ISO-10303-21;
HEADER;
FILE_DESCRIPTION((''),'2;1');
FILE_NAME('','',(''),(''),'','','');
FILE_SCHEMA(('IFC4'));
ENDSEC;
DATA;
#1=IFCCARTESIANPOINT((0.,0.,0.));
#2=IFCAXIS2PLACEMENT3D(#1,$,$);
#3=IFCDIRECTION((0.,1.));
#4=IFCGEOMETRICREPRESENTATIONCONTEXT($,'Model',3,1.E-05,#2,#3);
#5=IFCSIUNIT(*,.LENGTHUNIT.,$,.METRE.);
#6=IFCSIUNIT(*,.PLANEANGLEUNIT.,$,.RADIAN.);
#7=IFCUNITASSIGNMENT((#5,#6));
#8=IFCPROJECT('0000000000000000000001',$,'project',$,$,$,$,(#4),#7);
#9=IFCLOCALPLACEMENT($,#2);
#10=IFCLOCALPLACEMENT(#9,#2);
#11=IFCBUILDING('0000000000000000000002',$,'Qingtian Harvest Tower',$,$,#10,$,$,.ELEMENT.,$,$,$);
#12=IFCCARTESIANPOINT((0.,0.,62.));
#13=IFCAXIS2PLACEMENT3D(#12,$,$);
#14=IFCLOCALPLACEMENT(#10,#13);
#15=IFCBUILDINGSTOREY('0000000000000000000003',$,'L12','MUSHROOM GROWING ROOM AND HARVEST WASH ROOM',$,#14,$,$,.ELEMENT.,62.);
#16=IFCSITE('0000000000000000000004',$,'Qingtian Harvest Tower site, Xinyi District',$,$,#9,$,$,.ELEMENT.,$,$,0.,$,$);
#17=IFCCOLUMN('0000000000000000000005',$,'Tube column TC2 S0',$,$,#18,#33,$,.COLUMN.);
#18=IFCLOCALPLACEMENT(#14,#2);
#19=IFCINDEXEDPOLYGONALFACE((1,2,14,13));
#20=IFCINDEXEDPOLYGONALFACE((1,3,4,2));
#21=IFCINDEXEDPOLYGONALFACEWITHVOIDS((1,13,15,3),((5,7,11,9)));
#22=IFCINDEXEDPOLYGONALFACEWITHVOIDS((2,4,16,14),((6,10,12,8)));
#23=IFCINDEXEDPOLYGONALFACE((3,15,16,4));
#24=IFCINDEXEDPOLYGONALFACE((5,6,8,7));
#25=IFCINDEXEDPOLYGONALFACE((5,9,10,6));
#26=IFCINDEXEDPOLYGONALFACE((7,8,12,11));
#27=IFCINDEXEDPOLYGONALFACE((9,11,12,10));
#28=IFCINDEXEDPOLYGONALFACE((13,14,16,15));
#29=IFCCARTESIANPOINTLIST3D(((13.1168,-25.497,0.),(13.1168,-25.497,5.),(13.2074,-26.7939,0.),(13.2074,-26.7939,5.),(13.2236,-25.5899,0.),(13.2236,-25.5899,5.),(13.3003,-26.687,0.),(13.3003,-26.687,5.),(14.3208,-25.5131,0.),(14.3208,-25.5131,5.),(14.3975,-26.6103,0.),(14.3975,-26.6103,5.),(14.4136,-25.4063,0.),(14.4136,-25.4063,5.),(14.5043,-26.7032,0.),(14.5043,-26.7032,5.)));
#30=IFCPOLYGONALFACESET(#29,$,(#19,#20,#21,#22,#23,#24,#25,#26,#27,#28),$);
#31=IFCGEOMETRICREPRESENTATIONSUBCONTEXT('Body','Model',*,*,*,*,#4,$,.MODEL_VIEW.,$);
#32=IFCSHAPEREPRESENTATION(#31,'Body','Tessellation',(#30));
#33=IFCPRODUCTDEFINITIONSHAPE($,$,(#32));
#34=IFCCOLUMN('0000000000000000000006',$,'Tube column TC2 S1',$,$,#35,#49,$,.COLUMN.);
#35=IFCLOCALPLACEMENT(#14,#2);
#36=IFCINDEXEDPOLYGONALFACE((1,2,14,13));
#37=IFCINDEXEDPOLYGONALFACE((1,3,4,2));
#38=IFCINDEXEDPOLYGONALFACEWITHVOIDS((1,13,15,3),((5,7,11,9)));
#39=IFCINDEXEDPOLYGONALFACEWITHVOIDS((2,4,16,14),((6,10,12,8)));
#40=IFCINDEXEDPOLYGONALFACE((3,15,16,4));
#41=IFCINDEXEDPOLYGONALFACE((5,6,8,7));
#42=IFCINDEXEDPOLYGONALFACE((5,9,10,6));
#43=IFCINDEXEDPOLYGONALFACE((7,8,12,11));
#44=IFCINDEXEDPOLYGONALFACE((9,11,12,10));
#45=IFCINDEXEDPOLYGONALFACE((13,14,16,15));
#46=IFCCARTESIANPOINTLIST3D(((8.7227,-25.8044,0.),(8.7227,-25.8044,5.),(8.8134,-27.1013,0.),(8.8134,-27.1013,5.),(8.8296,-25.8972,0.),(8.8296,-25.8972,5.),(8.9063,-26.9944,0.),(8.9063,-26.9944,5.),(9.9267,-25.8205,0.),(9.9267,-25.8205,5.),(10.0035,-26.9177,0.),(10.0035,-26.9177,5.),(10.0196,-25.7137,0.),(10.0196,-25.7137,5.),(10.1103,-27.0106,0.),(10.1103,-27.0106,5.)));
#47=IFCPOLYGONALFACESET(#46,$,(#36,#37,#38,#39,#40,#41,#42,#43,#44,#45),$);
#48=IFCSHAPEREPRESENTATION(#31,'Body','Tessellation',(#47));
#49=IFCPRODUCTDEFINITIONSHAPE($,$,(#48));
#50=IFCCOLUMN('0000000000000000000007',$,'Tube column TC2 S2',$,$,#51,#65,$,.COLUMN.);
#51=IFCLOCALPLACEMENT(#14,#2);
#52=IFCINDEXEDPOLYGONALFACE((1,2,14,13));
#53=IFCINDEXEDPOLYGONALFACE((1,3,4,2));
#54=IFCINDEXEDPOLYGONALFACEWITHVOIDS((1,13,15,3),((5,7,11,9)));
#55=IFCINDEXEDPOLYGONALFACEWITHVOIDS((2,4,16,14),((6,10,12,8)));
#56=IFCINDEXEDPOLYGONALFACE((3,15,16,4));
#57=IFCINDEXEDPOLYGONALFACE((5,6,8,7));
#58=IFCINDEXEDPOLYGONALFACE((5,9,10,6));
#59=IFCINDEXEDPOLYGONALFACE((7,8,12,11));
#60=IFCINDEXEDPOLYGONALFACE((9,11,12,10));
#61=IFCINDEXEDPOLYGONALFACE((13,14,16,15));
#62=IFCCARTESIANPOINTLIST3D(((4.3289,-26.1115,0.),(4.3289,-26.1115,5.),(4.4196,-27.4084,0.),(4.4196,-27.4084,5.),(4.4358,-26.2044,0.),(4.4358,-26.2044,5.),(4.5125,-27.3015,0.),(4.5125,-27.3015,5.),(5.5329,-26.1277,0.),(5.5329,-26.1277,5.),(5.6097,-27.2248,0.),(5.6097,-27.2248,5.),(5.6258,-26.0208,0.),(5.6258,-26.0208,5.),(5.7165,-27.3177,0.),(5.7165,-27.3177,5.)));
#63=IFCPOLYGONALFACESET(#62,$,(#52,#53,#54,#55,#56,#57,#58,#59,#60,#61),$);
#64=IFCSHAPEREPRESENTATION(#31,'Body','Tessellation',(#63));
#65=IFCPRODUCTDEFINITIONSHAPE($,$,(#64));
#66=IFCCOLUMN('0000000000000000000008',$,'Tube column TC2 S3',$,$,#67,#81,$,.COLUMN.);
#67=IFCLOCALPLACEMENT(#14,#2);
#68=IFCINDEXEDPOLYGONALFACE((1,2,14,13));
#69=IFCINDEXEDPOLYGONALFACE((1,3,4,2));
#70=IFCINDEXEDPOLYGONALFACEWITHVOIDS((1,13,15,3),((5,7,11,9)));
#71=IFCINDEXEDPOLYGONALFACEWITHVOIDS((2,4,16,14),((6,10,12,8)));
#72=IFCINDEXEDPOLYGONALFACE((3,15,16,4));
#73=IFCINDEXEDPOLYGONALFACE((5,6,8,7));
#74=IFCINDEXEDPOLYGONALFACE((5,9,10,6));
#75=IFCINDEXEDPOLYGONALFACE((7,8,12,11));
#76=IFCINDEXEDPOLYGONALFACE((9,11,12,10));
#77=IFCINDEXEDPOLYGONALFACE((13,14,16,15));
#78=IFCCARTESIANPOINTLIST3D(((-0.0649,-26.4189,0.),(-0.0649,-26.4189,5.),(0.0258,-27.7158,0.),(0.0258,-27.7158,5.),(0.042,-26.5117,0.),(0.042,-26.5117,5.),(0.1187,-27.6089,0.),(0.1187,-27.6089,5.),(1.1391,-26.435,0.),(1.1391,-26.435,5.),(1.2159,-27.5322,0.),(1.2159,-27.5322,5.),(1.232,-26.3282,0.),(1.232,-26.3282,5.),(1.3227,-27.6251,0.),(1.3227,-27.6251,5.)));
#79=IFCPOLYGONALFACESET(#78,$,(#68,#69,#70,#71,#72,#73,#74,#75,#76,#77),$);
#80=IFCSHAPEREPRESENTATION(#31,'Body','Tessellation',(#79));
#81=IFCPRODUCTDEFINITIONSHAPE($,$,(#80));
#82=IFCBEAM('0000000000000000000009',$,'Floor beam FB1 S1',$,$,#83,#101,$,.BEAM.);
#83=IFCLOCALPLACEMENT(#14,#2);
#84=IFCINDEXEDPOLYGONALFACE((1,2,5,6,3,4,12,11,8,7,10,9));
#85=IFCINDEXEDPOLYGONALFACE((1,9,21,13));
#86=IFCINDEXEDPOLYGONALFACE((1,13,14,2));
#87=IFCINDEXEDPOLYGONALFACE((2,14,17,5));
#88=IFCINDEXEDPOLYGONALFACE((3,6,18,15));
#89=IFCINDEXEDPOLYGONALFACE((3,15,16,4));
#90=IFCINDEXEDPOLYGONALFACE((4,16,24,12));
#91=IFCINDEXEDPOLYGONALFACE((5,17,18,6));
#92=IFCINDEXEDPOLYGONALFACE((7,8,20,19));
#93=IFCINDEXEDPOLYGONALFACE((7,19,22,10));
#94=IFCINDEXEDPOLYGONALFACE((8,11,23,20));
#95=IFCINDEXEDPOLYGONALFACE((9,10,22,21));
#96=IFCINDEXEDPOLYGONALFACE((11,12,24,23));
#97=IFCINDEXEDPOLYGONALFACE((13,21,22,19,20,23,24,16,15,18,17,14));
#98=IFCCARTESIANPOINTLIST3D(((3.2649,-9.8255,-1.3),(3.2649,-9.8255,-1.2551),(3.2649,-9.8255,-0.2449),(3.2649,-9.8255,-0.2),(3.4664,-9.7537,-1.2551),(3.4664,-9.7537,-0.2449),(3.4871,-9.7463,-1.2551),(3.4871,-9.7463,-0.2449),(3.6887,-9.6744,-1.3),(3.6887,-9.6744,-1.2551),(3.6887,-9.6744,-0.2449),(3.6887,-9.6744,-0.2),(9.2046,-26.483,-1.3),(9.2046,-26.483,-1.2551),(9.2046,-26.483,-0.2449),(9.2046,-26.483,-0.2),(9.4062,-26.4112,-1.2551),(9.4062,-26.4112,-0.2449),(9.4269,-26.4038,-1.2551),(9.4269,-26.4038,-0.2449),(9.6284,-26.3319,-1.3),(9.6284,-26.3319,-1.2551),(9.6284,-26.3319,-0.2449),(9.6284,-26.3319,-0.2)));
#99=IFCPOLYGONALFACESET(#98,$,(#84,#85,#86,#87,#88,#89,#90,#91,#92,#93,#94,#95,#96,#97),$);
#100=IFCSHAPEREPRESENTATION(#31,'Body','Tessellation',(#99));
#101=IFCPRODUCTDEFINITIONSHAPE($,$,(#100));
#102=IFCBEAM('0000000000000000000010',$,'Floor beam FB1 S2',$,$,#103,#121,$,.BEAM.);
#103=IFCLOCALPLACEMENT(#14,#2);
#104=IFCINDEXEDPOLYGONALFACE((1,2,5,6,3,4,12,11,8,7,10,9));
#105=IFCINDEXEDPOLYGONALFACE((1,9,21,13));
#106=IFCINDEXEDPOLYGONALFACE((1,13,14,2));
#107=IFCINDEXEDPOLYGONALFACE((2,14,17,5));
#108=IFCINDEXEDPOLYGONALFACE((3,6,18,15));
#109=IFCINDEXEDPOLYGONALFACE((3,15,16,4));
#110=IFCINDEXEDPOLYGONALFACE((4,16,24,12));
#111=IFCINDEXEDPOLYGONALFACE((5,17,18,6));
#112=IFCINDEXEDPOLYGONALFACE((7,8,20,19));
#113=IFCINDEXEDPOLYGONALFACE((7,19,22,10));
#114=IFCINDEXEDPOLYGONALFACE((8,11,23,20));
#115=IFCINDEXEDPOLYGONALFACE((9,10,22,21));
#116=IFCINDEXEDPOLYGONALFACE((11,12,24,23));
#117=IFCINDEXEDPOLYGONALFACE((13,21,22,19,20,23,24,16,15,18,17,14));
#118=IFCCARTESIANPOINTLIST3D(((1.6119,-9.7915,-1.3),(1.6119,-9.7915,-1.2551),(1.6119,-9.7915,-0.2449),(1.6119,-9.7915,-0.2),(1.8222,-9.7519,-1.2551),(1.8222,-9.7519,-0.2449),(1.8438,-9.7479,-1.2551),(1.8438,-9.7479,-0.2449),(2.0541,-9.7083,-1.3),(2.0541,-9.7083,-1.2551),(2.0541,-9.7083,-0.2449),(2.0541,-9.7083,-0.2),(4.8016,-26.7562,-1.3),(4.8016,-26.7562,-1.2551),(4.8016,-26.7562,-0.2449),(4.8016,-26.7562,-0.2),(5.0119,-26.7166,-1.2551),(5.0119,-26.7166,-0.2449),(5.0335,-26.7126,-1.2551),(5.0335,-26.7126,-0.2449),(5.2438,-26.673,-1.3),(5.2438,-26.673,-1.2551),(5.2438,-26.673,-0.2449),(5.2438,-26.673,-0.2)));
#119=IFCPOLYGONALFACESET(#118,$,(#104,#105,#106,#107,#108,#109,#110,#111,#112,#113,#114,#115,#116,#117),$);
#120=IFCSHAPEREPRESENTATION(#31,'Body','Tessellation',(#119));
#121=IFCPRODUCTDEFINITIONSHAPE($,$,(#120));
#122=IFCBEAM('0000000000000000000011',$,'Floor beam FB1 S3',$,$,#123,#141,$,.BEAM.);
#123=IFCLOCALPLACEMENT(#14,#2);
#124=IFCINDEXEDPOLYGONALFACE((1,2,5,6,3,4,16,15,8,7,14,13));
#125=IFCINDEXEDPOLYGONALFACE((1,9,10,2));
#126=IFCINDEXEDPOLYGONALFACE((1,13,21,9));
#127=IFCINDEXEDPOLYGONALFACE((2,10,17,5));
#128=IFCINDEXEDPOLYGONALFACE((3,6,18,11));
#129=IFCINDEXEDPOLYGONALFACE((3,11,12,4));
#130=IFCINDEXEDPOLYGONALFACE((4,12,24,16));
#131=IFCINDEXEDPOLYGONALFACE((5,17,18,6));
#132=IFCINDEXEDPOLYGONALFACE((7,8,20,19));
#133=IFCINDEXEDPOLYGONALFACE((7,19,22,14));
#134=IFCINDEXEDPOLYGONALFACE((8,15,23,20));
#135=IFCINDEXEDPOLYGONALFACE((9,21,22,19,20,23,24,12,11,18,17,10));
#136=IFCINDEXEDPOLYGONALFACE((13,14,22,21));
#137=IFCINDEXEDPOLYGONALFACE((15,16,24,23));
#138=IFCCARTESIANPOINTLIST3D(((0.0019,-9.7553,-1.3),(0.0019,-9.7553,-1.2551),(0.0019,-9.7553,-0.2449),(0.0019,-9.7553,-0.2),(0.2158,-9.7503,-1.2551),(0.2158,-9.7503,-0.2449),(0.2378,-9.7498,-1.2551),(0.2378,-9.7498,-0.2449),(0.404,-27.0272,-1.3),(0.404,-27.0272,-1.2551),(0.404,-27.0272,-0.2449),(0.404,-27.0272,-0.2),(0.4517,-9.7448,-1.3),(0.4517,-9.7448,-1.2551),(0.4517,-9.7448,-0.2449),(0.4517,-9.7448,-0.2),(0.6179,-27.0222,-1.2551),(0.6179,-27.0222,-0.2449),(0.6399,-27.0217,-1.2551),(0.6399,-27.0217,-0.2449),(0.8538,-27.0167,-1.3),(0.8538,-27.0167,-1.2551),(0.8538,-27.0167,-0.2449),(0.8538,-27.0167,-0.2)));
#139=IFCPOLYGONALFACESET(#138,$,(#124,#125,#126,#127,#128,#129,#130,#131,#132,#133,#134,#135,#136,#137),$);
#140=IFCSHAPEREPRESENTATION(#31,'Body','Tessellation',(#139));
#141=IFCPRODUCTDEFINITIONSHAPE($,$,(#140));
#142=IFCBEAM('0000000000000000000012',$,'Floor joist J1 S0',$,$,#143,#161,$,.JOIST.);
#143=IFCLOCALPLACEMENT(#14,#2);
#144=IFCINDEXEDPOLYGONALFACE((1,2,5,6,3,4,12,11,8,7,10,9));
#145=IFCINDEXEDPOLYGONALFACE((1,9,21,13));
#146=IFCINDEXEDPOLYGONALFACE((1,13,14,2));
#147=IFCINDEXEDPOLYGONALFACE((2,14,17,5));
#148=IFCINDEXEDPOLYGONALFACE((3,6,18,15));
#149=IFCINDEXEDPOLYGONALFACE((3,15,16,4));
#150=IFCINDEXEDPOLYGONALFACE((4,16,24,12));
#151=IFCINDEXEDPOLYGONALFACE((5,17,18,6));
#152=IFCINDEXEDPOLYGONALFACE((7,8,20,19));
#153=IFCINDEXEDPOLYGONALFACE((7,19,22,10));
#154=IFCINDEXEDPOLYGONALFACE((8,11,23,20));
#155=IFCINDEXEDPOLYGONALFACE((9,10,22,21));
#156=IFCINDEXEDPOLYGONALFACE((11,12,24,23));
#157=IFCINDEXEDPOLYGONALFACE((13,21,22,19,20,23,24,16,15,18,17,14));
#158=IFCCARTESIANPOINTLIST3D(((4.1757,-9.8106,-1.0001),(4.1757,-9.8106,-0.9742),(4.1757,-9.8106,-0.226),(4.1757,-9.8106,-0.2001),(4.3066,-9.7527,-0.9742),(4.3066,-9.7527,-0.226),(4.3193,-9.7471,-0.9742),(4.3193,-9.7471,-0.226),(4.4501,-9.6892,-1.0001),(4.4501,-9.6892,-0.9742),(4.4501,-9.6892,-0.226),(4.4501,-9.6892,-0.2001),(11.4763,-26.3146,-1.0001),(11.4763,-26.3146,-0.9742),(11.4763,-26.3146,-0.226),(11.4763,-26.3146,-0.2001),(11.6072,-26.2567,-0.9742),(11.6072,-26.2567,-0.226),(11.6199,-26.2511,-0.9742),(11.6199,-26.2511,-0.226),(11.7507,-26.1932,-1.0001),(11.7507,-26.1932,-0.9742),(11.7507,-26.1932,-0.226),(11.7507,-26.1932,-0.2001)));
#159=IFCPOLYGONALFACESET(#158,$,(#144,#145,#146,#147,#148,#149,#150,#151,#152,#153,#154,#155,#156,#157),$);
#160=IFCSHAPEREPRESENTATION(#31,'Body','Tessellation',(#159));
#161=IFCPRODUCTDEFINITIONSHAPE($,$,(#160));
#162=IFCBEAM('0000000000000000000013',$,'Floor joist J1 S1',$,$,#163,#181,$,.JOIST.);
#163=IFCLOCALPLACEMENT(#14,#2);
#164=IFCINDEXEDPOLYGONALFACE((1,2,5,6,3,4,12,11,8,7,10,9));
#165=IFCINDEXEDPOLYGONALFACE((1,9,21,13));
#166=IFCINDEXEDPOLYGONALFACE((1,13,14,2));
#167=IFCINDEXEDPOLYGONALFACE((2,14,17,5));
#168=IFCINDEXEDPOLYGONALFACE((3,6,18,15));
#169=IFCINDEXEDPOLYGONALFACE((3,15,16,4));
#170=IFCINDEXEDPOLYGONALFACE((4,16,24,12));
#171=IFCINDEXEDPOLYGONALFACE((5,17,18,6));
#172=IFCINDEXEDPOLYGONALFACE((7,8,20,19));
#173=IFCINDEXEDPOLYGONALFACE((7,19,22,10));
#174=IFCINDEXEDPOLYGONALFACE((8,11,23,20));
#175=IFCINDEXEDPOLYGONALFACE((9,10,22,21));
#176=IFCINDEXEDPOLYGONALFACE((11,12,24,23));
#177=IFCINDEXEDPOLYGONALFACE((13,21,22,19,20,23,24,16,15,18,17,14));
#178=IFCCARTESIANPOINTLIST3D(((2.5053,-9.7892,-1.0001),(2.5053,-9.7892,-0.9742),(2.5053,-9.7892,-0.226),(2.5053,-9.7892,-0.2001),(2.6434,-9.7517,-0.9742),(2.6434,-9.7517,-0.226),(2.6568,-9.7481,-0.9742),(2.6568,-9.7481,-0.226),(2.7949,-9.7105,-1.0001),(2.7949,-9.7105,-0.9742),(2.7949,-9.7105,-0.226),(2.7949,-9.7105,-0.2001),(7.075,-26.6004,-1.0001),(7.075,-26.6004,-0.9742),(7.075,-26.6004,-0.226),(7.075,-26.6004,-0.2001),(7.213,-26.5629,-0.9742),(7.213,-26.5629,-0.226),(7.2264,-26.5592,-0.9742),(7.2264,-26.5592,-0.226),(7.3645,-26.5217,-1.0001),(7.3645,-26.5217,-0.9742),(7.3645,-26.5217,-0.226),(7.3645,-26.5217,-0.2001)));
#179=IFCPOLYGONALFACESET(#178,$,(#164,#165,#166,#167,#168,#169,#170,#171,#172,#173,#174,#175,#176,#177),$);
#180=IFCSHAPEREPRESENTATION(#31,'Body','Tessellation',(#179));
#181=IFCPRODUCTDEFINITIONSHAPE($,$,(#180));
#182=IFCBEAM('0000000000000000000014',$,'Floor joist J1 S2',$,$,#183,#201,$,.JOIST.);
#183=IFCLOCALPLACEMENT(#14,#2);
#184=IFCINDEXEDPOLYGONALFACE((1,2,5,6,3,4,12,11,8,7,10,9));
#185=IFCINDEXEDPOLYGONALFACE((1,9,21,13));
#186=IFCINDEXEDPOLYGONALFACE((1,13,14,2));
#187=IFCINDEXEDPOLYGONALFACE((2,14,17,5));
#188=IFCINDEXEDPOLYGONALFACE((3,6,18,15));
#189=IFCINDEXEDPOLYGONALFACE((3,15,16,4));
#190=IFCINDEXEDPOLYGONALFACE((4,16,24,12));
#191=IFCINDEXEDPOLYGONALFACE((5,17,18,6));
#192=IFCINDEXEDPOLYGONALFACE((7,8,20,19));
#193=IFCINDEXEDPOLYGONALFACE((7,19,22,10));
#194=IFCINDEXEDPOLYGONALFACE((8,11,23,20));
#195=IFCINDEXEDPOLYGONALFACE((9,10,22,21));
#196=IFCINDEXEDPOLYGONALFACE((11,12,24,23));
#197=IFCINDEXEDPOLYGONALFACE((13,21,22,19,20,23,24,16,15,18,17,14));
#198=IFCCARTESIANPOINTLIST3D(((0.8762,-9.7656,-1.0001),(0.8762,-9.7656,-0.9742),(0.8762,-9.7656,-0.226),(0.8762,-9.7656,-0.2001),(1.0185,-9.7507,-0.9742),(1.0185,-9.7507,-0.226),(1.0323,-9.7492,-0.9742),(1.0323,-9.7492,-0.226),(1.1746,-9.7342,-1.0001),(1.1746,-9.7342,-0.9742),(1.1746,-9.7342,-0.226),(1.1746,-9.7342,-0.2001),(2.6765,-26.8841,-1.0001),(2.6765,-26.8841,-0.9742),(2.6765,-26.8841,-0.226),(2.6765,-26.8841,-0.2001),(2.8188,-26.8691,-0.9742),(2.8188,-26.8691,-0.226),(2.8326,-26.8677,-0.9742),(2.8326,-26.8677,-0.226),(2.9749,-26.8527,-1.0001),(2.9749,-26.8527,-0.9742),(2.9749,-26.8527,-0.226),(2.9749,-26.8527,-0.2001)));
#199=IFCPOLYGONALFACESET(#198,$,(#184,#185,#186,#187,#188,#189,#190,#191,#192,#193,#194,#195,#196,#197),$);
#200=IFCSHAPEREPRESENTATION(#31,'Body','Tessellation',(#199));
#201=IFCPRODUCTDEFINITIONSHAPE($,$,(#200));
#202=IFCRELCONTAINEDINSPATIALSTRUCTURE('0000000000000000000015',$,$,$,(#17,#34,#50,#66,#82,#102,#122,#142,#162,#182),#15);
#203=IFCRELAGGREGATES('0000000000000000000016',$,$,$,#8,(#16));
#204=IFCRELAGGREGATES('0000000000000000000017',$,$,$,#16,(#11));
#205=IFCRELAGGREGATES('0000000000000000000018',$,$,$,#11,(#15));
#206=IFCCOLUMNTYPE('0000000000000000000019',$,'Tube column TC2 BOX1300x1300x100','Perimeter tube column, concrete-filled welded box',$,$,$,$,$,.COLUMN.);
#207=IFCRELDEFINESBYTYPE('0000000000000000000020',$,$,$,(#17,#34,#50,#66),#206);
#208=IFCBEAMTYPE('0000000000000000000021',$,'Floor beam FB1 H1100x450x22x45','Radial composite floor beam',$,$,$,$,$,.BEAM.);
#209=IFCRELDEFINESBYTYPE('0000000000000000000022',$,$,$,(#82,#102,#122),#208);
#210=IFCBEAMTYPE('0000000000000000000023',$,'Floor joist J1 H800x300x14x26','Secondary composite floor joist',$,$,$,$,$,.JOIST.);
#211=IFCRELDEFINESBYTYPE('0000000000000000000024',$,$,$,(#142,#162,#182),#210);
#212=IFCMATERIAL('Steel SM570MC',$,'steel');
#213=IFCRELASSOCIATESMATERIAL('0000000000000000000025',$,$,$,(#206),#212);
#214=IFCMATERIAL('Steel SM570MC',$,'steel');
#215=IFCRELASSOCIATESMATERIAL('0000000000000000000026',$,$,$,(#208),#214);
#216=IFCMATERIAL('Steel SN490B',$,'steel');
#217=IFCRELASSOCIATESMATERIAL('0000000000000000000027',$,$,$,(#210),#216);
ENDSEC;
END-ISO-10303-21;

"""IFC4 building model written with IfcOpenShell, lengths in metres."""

from ifc_helpers import new_model, si_unit, direction, frame, origin, origin_2d, place, context, subcontext, project, spatial, hollow_rectangle, i_section, extrude, material, material_profile, profile_set, type_object, element, save


model = new_model("IFC4")

# Units and contexts
model_context = context("Model", 3, precision=1e-05, world=origin(), true_north=direction((0.0, 1.0)))
body_context = subcontext(model_context, "Body", "Model", "MODEL_VIEW")
ifc_project = project(units=[si_unit("LENGTHUNIT", "METRE"), si_unit("PLANEANGLEUNIT", "RADIAN")], contexts=[model_context])

# Site, building, storey
site_placement = place(None, origin())
site = spatial("IfcSite", under=ifc_project, at=site_placement, Name="Qingtian Harvest Tower site, Xinyi District", CompositionType="ELEMENT", RefElevation=0.0)
building_placement = place(site_placement, origin())
building = spatial("IfcBuilding", under=site, at=building_placement, Name="Qingtian Harvest Tower", CompositionType="ELEMENT")
storey_placement = place(building_placement, frame((0.0, 0.0, 62.0)))
storey = spatial("IfcBuildingStorey", under=building, at=storey_placement, Name="L12", Description="MUSHROOM GROWING ROOM AND HARVEST WASH ROOM", CompositionType="ELEMENT", Elevation=62.0)

# Columns
ifc_material_1 = material(Name="Steel SM570MC", Category="steel")
ifc_material_profile_1 = material_profile(ifc_material_1, hollow_rectangle(XDim=1.3, YDim=1.3, WallThickness=0.1001, at=origin_2d()), Name="BOX1300x1300x100")
ifc_profile_set_1 = profile_set([ifc_material_profile_1], Name="Steel SM570MC")
column_type = type_object("IfcColumnType", Name="Tube column TC2 BOX1300x1300x100", Description="Perimeter tube column, concrete-filled welded box", PredefinedType="COLUMN", material=ifc_profile_set_1)
for number, where, z_axis, x_axis, name in (
    (1, (13.8105, -26.1001, 0.0), (0.0, 0.0, 1.0), (0.997564, 0.069756, 0.0), "Tube column TC2 S0"),
    (2, (9.4165, -26.4075, 0.0), (0.0, 0.0, 1.0), (0.997564, 0.069756, 0.0), "Tube column TC2 S1"),
    (3, (5.0227, -26.7146, 0.0), (0.0, 0.0, 1.0), (0.997564, 0.069756, 0.0), "Tube column TC2 S2"),
    (4, (0.6289, -27.022, 0.0), (0.0, 0.0, 1.0), (0.997564, 0.069756, 0.0), "Tube column TC2 S3"),
):
    element("IfcColumn", number, at=place(storey_placement, frame(where, z_axis=z_axis, x_axis=x_axis)), inside=storey, type_object=column_type, Name=name, PredefinedType="COLUMN", context=body_context, shape_type="SweptSolid", body=[
        extrude(hollow_rectangle(XDim=1.3, YDim=1.3, WallThickness=0.1001, at=origin_2d()), origin(), (0.0, 0.0, 1.0), 5.0),
    ])

# Beams
ifc_material_2 = material(Name="Steel SM570MC", Category="steel")
ifc_material_profile_2 = material_profile(ifc_material_2, i_section(OverallWidth=0.45, OverallDepth=1.1001, WebThickness=0.022, FlangeThickness=0.0449, at=origin_2d()), Name="H1100x450x22x45")
ifc_profile_set_2 = profile_set([ifc_material_profile_2], Name="Steel SM570MC")
beam_type_1 = type_object("IfcBeamType", Name="Floor beam FB1 H1100x450x22x45", Description="Radial composite floor beam", PredefinedType="BEAM", material=ifc_profile_set_2)
beam_1_placement = place(storey_placement, frame((9.4165, -26.4075, -0.75), z_axis=(-0.335865, 0.94191, 0.0), x_axis=(-0.94191, -0.335865, 0.0)))
element("IfcBeam", 5, at=beam_1_placement, inside=storey, type_object=beam_type_1, Name="Floor beam FB1 S1", PredefinedType="BEAM", context=body_context, shape_type="SweptSolid", body=[
    extrude(i_section(OverallWidth=0.45, OverallDepth=1.1001, WebThickness=0.022, FlangeThickness=0.0449, at=origin_2d()), origin(), (0.0, 0.0, 1.0), 17.6848),
])
beam_2_placement = place(storey_placement, frame((5.0227, -26.7146, -0.75), z_axis=(-0.184783, 0.982779, 0.0), x_axis=(-0.982779, -0.184783, 0.0)))
element("IfcBeam", 6, at=beam_2_placement, inside=storey, type_object=beam_type_1, Name="Floor beam FB1 S2", PredefinedType="BEAM", context=body_context, shape_type="SweptSolid", body=[
    extrude(i_section(OverallWidth=0.45, OverallDepth=1.1001, WebThickness=0.022, FlangeThickness=0.0449, at=origin_2d()), origin(), (0.0, 0.0, 1.0), 17.262),
])
beam_3_placement = place(storey_placement, frame((0.6289, -27.022, -0.75), z_axis=(-0.023274, 0.999729, 0.0), x_axis=(-0.999729, -0.023274, 0.0)))
element("IfcBeam", 7, at=beam_3_placement, inside=storey, type_object=beam_type_1, Name="Floor beam FB1 S3", PredefinedType="BEAM", context=body_context, shape_type="SweptSolid", body=[
    extrude(i_section(OverallWidth=0.45, OverallDepth=1.1001, WebThickness=0.022, FlangeThickness=0.0449, at=origin_2d()), origin(), (0.0, 0.0, 1.0), 17.2766),
])
ifc_material_3 = material(Name="Steel SN490B", Category="steel")
ifc_material_profile_3 = material_profile(ifc_material_3, i_section(OverallWidth=0.3, OverallDepth=0.8, WebThickness=0.0139, FlangeThickness=0.0259, at=origin_2d()), Name="H800x300x14x26")
ifc_profile_set_3 = profile_set([ifc_material_profile_3], Name="Steel SN490B")
beam_type_2 = type_object("IfcBeamType", Name="Floor joist J1 H800x300x14x26", Description="Secondary composite floor joist", PredefinedType="JOIST", material=ifc_profile_set_3)
beam_4_placement = place(storey_placement, frame((11.6135, -26.2539, -0.6001), z_axis=(-0.40454, 0.91452, 0.0), x_axis=(-0.91452, -0.40454, 0.0)))
element("IfcBeam", 8, at=beam_4_placement, inside=storey, type_object=beam_type_2, Name="Floor joist J1 S0", PredefinedType="JOIST", context=body_context, shape_type="SweptSolid", body=[
    extrude(i_section(OverallWidth=0.3, OverallDepth=0.8, WebThickness=0.0139, FlangeThickness=0.0259, at=origin_2d()), origin(), (0.0, 0.0, 1.0), 18.0466),
])
beam_5_placement = place(storey_placement, frame((7.2197, -26.561, -0.6001), z_axis=(-0.262303, 0.964986, 0.0), x_axis=(-0.964986, -0.262303, 0.0)))
element("IfcBeam", 9, at=beam_5_placement, inside=storey, type_object=beam_type_2, Name="Floor joist J1 S1", PredefinedType="JOIST", context=body_context, shape_type="SweptSolid", body=[
    extrude(i_section(OverallWidth=0.3, OverallDepth=0.8, WebThickness=0.0139, FlangeThickness=0.0259, at=origin_2d()), origin(), (0.0, 0.0, 1.0), 17.4211),
])
beam_6_placement = place(storey_placement, frame((2.8257, -26.8684, -0.6001), z_axis=(-0.10459, 0.994515, 0.0), x_axis=(-0.994515, -0.10459, 0.0)))
element("IfcBeam", 10, at=beam_6_placement, inside=storey, type_object=beam_type_2, Name="Floor joist J1 S2", PredefinedType="JOIST", context=body_context, shape_type="SweptSolid", body=[
    extrude(i_section(OverallWidth=0.3, OverallDepth=0.8, WebThickness=0.0139, FlangeThickness=0.0259, at=origin_2d()), origin(), (0.0, 0.0, 1.0), 17.2129),
])

save(model, "model.ifc")
